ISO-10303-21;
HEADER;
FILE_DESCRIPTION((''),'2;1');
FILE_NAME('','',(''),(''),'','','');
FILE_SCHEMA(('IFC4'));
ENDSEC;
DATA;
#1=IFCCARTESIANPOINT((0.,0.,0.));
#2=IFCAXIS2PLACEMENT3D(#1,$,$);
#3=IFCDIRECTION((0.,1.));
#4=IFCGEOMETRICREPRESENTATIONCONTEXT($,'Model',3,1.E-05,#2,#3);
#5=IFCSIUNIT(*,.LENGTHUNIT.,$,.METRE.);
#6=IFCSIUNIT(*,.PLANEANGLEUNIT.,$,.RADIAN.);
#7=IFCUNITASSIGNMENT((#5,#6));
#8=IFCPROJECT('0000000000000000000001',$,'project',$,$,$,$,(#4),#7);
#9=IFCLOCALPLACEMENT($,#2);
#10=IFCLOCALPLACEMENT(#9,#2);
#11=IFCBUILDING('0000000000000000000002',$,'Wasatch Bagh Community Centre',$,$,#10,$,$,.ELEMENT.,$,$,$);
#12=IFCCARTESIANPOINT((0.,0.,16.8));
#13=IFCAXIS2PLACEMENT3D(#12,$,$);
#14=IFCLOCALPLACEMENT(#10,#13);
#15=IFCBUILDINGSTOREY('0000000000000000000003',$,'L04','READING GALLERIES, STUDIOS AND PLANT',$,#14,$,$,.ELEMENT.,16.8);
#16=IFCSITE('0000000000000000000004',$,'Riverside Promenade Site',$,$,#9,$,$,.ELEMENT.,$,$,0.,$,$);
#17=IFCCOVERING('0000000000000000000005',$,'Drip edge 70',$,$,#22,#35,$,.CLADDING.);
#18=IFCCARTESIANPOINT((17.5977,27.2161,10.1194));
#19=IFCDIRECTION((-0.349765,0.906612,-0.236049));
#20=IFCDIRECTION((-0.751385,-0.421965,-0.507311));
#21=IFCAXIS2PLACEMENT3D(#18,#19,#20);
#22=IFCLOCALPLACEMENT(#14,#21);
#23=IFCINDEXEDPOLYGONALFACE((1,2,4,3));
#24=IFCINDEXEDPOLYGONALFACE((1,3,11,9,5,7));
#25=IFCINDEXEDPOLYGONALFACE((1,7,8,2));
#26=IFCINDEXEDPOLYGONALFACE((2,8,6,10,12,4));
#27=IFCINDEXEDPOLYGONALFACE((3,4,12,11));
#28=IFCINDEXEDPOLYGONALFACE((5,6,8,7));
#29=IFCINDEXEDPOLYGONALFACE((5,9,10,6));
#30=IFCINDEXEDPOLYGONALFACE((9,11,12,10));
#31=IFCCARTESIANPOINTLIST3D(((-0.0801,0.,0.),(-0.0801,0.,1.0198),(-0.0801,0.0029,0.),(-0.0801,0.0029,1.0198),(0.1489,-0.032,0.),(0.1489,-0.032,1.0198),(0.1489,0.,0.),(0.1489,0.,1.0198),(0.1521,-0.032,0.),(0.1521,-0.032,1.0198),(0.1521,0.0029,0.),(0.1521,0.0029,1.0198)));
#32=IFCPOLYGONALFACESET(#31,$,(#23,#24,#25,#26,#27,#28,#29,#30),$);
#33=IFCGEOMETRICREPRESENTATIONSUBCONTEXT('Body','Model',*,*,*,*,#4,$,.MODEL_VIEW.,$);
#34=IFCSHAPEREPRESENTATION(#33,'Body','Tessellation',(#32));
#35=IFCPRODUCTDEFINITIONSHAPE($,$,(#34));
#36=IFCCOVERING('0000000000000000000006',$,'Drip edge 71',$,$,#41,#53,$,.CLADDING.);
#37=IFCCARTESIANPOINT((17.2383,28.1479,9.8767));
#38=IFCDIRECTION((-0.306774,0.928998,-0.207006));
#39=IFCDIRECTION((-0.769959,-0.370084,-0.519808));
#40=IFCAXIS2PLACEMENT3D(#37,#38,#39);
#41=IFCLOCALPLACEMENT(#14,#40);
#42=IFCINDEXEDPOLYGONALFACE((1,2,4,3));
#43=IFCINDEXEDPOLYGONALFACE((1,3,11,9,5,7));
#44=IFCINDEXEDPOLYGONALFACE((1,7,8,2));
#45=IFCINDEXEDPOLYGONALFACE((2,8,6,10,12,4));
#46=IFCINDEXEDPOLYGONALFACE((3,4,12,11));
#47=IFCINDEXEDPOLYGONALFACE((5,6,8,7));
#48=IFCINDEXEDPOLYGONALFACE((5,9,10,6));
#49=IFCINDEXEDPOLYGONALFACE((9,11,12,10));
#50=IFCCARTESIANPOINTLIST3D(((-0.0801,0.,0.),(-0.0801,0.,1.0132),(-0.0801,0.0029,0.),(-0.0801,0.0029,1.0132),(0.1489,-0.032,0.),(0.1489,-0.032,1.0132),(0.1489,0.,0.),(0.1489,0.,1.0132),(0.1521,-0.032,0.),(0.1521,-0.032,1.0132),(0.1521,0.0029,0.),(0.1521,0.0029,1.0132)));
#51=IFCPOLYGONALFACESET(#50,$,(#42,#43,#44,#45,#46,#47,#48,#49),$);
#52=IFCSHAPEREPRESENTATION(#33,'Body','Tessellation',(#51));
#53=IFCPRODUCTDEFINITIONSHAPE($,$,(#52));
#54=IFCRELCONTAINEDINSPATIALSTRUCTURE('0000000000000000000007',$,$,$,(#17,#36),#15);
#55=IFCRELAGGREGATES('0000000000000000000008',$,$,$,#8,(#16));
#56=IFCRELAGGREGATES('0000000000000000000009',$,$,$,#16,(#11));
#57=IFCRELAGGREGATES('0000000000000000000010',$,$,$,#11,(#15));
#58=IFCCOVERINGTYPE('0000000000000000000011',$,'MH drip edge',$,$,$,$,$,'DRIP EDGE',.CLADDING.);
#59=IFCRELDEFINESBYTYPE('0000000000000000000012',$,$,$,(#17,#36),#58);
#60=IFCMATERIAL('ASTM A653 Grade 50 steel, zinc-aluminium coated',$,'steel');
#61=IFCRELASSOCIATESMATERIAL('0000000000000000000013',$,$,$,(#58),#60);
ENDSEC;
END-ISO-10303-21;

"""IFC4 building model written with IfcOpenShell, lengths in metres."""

from ifc_helpers import new_model, si_unit, direction, frame, origin, place, context, subcontext, project, spatial, polyline, outline, extrude, material, material_profile, profile_set, type_object, element, save


model = new_model("IFC4")

# Units and contexts
model_context = context("Model", 3, precision=1e-05, world=origin(), true_north=direction((0.0, 1.0)))
body_context = subcontext(model_context, "Body", "Model", "MODEL_VIEW")
ifc_project = project(units=[si_unit("LENGTHUNIT", "METRE"), si_unit("PLANEANGLEUNIT", "RADIAN")], contexts=[model_context])

# Site, building, storey
site_placement = place(None, origin())
site = spatial("IfcSite", under=ifc_project, at=site_placement, Name="Riverside Promenade Site", CompositionType="ELEMENT", RefElevation=0.0)
building_placement = place(site_placement, origin())
building = spatial("IfcBuilding", under=site, at=building_placement, Name="Wasatch Bagh Community Centre", CompositionType="ELEMENT")
storey_placement = place(building_placement, frame((0.0, 0.0, 16.8)))
storey = spatial("IfcBuildingStorey", under=building, at=storey_placement, Name="L04", Description="READING GALLERIES, STUDIOS AND PLANT", CompositionType="ELEMENT", Elevation=16.8)

# Coverings
ifc_material_1 = material(Name="ASTM A653 Grade 50 steel, zinc-aluminium coated", Category="steel")
ifc_material_profile_1 = material_profile(ifc_material_1, outline(polyline([(-0.0801, 0.0029), (0.1521, 0.0029), (0.1521, -0.032), (0.1489, -0.032), (0.1489, 0.0), (-0.0801, 0.0), (-0.0801, 0.0029)])), Name="DRIP EDGE")
ifc_profile_set_1 = profile_set([ifc_material_profile_1], Name="ASTM A653 Grade 50 steel, zinc-aluminium coated")
covering_type_1 = type_object("IfcCoveringType", Name="MH drip edge", ElementType="DRIP EDGE", PredefinedType="CLADDING", material=ifc_profile_set_1)
covering_1_placement = place(storey_placement, frame((17.5977, 27.2161, 10.1194), z_axis=(-0.349765, 0.906612, -0.236049), x_axis=(-0.751385, -0.421965, -0.507311)))
element("IfcCovering", 1, at=covering_1_placement, inside=storey, type_object=covering_type_1, Name="Drip edge 70", PredefinedType="CLADDING", context=body_context, shape_type="SweptSolid", body=[
    extrude(outline(polyline([(-0.0801, 0.0029), (0.1521, 0.0029), (0.1521, -0.032), (0.1489, -0.032), (0.1489, 0.0), (-0.0801, 0.0), (-0.0801, 0.0029)])), origin(), (0.0, 0.0, 1.0), 1.0198),
])
covering_2_placement = place(storey_placement, frame((17.2383, 28.1479, 9.8767), z_axis=(-0.306774, 0.928998, -0.207006), x_axis=(-0.769959, -0.370084, -0.519808)))
element("IfcCovering", 2, at=covering_2_placement, inside=storey, type_object=covering_type_1, Name="Drip edge 71", PredefinedType="CLADDING", context=body_context, shape_type="SweptSolid", body=[
    extrude(outline(polyline([(-0.0801, 0.0029), (0.1521, 0.0029), (0.1521, -0.032), (0.1489, -0.032), (0.1489, 0.0), (-0.0801, 0.0), (-0.0801, 0.0029)])), origin(), (0.0, 0.0, 1.0), 1.0132),
])

save(model, "model.ifc")
